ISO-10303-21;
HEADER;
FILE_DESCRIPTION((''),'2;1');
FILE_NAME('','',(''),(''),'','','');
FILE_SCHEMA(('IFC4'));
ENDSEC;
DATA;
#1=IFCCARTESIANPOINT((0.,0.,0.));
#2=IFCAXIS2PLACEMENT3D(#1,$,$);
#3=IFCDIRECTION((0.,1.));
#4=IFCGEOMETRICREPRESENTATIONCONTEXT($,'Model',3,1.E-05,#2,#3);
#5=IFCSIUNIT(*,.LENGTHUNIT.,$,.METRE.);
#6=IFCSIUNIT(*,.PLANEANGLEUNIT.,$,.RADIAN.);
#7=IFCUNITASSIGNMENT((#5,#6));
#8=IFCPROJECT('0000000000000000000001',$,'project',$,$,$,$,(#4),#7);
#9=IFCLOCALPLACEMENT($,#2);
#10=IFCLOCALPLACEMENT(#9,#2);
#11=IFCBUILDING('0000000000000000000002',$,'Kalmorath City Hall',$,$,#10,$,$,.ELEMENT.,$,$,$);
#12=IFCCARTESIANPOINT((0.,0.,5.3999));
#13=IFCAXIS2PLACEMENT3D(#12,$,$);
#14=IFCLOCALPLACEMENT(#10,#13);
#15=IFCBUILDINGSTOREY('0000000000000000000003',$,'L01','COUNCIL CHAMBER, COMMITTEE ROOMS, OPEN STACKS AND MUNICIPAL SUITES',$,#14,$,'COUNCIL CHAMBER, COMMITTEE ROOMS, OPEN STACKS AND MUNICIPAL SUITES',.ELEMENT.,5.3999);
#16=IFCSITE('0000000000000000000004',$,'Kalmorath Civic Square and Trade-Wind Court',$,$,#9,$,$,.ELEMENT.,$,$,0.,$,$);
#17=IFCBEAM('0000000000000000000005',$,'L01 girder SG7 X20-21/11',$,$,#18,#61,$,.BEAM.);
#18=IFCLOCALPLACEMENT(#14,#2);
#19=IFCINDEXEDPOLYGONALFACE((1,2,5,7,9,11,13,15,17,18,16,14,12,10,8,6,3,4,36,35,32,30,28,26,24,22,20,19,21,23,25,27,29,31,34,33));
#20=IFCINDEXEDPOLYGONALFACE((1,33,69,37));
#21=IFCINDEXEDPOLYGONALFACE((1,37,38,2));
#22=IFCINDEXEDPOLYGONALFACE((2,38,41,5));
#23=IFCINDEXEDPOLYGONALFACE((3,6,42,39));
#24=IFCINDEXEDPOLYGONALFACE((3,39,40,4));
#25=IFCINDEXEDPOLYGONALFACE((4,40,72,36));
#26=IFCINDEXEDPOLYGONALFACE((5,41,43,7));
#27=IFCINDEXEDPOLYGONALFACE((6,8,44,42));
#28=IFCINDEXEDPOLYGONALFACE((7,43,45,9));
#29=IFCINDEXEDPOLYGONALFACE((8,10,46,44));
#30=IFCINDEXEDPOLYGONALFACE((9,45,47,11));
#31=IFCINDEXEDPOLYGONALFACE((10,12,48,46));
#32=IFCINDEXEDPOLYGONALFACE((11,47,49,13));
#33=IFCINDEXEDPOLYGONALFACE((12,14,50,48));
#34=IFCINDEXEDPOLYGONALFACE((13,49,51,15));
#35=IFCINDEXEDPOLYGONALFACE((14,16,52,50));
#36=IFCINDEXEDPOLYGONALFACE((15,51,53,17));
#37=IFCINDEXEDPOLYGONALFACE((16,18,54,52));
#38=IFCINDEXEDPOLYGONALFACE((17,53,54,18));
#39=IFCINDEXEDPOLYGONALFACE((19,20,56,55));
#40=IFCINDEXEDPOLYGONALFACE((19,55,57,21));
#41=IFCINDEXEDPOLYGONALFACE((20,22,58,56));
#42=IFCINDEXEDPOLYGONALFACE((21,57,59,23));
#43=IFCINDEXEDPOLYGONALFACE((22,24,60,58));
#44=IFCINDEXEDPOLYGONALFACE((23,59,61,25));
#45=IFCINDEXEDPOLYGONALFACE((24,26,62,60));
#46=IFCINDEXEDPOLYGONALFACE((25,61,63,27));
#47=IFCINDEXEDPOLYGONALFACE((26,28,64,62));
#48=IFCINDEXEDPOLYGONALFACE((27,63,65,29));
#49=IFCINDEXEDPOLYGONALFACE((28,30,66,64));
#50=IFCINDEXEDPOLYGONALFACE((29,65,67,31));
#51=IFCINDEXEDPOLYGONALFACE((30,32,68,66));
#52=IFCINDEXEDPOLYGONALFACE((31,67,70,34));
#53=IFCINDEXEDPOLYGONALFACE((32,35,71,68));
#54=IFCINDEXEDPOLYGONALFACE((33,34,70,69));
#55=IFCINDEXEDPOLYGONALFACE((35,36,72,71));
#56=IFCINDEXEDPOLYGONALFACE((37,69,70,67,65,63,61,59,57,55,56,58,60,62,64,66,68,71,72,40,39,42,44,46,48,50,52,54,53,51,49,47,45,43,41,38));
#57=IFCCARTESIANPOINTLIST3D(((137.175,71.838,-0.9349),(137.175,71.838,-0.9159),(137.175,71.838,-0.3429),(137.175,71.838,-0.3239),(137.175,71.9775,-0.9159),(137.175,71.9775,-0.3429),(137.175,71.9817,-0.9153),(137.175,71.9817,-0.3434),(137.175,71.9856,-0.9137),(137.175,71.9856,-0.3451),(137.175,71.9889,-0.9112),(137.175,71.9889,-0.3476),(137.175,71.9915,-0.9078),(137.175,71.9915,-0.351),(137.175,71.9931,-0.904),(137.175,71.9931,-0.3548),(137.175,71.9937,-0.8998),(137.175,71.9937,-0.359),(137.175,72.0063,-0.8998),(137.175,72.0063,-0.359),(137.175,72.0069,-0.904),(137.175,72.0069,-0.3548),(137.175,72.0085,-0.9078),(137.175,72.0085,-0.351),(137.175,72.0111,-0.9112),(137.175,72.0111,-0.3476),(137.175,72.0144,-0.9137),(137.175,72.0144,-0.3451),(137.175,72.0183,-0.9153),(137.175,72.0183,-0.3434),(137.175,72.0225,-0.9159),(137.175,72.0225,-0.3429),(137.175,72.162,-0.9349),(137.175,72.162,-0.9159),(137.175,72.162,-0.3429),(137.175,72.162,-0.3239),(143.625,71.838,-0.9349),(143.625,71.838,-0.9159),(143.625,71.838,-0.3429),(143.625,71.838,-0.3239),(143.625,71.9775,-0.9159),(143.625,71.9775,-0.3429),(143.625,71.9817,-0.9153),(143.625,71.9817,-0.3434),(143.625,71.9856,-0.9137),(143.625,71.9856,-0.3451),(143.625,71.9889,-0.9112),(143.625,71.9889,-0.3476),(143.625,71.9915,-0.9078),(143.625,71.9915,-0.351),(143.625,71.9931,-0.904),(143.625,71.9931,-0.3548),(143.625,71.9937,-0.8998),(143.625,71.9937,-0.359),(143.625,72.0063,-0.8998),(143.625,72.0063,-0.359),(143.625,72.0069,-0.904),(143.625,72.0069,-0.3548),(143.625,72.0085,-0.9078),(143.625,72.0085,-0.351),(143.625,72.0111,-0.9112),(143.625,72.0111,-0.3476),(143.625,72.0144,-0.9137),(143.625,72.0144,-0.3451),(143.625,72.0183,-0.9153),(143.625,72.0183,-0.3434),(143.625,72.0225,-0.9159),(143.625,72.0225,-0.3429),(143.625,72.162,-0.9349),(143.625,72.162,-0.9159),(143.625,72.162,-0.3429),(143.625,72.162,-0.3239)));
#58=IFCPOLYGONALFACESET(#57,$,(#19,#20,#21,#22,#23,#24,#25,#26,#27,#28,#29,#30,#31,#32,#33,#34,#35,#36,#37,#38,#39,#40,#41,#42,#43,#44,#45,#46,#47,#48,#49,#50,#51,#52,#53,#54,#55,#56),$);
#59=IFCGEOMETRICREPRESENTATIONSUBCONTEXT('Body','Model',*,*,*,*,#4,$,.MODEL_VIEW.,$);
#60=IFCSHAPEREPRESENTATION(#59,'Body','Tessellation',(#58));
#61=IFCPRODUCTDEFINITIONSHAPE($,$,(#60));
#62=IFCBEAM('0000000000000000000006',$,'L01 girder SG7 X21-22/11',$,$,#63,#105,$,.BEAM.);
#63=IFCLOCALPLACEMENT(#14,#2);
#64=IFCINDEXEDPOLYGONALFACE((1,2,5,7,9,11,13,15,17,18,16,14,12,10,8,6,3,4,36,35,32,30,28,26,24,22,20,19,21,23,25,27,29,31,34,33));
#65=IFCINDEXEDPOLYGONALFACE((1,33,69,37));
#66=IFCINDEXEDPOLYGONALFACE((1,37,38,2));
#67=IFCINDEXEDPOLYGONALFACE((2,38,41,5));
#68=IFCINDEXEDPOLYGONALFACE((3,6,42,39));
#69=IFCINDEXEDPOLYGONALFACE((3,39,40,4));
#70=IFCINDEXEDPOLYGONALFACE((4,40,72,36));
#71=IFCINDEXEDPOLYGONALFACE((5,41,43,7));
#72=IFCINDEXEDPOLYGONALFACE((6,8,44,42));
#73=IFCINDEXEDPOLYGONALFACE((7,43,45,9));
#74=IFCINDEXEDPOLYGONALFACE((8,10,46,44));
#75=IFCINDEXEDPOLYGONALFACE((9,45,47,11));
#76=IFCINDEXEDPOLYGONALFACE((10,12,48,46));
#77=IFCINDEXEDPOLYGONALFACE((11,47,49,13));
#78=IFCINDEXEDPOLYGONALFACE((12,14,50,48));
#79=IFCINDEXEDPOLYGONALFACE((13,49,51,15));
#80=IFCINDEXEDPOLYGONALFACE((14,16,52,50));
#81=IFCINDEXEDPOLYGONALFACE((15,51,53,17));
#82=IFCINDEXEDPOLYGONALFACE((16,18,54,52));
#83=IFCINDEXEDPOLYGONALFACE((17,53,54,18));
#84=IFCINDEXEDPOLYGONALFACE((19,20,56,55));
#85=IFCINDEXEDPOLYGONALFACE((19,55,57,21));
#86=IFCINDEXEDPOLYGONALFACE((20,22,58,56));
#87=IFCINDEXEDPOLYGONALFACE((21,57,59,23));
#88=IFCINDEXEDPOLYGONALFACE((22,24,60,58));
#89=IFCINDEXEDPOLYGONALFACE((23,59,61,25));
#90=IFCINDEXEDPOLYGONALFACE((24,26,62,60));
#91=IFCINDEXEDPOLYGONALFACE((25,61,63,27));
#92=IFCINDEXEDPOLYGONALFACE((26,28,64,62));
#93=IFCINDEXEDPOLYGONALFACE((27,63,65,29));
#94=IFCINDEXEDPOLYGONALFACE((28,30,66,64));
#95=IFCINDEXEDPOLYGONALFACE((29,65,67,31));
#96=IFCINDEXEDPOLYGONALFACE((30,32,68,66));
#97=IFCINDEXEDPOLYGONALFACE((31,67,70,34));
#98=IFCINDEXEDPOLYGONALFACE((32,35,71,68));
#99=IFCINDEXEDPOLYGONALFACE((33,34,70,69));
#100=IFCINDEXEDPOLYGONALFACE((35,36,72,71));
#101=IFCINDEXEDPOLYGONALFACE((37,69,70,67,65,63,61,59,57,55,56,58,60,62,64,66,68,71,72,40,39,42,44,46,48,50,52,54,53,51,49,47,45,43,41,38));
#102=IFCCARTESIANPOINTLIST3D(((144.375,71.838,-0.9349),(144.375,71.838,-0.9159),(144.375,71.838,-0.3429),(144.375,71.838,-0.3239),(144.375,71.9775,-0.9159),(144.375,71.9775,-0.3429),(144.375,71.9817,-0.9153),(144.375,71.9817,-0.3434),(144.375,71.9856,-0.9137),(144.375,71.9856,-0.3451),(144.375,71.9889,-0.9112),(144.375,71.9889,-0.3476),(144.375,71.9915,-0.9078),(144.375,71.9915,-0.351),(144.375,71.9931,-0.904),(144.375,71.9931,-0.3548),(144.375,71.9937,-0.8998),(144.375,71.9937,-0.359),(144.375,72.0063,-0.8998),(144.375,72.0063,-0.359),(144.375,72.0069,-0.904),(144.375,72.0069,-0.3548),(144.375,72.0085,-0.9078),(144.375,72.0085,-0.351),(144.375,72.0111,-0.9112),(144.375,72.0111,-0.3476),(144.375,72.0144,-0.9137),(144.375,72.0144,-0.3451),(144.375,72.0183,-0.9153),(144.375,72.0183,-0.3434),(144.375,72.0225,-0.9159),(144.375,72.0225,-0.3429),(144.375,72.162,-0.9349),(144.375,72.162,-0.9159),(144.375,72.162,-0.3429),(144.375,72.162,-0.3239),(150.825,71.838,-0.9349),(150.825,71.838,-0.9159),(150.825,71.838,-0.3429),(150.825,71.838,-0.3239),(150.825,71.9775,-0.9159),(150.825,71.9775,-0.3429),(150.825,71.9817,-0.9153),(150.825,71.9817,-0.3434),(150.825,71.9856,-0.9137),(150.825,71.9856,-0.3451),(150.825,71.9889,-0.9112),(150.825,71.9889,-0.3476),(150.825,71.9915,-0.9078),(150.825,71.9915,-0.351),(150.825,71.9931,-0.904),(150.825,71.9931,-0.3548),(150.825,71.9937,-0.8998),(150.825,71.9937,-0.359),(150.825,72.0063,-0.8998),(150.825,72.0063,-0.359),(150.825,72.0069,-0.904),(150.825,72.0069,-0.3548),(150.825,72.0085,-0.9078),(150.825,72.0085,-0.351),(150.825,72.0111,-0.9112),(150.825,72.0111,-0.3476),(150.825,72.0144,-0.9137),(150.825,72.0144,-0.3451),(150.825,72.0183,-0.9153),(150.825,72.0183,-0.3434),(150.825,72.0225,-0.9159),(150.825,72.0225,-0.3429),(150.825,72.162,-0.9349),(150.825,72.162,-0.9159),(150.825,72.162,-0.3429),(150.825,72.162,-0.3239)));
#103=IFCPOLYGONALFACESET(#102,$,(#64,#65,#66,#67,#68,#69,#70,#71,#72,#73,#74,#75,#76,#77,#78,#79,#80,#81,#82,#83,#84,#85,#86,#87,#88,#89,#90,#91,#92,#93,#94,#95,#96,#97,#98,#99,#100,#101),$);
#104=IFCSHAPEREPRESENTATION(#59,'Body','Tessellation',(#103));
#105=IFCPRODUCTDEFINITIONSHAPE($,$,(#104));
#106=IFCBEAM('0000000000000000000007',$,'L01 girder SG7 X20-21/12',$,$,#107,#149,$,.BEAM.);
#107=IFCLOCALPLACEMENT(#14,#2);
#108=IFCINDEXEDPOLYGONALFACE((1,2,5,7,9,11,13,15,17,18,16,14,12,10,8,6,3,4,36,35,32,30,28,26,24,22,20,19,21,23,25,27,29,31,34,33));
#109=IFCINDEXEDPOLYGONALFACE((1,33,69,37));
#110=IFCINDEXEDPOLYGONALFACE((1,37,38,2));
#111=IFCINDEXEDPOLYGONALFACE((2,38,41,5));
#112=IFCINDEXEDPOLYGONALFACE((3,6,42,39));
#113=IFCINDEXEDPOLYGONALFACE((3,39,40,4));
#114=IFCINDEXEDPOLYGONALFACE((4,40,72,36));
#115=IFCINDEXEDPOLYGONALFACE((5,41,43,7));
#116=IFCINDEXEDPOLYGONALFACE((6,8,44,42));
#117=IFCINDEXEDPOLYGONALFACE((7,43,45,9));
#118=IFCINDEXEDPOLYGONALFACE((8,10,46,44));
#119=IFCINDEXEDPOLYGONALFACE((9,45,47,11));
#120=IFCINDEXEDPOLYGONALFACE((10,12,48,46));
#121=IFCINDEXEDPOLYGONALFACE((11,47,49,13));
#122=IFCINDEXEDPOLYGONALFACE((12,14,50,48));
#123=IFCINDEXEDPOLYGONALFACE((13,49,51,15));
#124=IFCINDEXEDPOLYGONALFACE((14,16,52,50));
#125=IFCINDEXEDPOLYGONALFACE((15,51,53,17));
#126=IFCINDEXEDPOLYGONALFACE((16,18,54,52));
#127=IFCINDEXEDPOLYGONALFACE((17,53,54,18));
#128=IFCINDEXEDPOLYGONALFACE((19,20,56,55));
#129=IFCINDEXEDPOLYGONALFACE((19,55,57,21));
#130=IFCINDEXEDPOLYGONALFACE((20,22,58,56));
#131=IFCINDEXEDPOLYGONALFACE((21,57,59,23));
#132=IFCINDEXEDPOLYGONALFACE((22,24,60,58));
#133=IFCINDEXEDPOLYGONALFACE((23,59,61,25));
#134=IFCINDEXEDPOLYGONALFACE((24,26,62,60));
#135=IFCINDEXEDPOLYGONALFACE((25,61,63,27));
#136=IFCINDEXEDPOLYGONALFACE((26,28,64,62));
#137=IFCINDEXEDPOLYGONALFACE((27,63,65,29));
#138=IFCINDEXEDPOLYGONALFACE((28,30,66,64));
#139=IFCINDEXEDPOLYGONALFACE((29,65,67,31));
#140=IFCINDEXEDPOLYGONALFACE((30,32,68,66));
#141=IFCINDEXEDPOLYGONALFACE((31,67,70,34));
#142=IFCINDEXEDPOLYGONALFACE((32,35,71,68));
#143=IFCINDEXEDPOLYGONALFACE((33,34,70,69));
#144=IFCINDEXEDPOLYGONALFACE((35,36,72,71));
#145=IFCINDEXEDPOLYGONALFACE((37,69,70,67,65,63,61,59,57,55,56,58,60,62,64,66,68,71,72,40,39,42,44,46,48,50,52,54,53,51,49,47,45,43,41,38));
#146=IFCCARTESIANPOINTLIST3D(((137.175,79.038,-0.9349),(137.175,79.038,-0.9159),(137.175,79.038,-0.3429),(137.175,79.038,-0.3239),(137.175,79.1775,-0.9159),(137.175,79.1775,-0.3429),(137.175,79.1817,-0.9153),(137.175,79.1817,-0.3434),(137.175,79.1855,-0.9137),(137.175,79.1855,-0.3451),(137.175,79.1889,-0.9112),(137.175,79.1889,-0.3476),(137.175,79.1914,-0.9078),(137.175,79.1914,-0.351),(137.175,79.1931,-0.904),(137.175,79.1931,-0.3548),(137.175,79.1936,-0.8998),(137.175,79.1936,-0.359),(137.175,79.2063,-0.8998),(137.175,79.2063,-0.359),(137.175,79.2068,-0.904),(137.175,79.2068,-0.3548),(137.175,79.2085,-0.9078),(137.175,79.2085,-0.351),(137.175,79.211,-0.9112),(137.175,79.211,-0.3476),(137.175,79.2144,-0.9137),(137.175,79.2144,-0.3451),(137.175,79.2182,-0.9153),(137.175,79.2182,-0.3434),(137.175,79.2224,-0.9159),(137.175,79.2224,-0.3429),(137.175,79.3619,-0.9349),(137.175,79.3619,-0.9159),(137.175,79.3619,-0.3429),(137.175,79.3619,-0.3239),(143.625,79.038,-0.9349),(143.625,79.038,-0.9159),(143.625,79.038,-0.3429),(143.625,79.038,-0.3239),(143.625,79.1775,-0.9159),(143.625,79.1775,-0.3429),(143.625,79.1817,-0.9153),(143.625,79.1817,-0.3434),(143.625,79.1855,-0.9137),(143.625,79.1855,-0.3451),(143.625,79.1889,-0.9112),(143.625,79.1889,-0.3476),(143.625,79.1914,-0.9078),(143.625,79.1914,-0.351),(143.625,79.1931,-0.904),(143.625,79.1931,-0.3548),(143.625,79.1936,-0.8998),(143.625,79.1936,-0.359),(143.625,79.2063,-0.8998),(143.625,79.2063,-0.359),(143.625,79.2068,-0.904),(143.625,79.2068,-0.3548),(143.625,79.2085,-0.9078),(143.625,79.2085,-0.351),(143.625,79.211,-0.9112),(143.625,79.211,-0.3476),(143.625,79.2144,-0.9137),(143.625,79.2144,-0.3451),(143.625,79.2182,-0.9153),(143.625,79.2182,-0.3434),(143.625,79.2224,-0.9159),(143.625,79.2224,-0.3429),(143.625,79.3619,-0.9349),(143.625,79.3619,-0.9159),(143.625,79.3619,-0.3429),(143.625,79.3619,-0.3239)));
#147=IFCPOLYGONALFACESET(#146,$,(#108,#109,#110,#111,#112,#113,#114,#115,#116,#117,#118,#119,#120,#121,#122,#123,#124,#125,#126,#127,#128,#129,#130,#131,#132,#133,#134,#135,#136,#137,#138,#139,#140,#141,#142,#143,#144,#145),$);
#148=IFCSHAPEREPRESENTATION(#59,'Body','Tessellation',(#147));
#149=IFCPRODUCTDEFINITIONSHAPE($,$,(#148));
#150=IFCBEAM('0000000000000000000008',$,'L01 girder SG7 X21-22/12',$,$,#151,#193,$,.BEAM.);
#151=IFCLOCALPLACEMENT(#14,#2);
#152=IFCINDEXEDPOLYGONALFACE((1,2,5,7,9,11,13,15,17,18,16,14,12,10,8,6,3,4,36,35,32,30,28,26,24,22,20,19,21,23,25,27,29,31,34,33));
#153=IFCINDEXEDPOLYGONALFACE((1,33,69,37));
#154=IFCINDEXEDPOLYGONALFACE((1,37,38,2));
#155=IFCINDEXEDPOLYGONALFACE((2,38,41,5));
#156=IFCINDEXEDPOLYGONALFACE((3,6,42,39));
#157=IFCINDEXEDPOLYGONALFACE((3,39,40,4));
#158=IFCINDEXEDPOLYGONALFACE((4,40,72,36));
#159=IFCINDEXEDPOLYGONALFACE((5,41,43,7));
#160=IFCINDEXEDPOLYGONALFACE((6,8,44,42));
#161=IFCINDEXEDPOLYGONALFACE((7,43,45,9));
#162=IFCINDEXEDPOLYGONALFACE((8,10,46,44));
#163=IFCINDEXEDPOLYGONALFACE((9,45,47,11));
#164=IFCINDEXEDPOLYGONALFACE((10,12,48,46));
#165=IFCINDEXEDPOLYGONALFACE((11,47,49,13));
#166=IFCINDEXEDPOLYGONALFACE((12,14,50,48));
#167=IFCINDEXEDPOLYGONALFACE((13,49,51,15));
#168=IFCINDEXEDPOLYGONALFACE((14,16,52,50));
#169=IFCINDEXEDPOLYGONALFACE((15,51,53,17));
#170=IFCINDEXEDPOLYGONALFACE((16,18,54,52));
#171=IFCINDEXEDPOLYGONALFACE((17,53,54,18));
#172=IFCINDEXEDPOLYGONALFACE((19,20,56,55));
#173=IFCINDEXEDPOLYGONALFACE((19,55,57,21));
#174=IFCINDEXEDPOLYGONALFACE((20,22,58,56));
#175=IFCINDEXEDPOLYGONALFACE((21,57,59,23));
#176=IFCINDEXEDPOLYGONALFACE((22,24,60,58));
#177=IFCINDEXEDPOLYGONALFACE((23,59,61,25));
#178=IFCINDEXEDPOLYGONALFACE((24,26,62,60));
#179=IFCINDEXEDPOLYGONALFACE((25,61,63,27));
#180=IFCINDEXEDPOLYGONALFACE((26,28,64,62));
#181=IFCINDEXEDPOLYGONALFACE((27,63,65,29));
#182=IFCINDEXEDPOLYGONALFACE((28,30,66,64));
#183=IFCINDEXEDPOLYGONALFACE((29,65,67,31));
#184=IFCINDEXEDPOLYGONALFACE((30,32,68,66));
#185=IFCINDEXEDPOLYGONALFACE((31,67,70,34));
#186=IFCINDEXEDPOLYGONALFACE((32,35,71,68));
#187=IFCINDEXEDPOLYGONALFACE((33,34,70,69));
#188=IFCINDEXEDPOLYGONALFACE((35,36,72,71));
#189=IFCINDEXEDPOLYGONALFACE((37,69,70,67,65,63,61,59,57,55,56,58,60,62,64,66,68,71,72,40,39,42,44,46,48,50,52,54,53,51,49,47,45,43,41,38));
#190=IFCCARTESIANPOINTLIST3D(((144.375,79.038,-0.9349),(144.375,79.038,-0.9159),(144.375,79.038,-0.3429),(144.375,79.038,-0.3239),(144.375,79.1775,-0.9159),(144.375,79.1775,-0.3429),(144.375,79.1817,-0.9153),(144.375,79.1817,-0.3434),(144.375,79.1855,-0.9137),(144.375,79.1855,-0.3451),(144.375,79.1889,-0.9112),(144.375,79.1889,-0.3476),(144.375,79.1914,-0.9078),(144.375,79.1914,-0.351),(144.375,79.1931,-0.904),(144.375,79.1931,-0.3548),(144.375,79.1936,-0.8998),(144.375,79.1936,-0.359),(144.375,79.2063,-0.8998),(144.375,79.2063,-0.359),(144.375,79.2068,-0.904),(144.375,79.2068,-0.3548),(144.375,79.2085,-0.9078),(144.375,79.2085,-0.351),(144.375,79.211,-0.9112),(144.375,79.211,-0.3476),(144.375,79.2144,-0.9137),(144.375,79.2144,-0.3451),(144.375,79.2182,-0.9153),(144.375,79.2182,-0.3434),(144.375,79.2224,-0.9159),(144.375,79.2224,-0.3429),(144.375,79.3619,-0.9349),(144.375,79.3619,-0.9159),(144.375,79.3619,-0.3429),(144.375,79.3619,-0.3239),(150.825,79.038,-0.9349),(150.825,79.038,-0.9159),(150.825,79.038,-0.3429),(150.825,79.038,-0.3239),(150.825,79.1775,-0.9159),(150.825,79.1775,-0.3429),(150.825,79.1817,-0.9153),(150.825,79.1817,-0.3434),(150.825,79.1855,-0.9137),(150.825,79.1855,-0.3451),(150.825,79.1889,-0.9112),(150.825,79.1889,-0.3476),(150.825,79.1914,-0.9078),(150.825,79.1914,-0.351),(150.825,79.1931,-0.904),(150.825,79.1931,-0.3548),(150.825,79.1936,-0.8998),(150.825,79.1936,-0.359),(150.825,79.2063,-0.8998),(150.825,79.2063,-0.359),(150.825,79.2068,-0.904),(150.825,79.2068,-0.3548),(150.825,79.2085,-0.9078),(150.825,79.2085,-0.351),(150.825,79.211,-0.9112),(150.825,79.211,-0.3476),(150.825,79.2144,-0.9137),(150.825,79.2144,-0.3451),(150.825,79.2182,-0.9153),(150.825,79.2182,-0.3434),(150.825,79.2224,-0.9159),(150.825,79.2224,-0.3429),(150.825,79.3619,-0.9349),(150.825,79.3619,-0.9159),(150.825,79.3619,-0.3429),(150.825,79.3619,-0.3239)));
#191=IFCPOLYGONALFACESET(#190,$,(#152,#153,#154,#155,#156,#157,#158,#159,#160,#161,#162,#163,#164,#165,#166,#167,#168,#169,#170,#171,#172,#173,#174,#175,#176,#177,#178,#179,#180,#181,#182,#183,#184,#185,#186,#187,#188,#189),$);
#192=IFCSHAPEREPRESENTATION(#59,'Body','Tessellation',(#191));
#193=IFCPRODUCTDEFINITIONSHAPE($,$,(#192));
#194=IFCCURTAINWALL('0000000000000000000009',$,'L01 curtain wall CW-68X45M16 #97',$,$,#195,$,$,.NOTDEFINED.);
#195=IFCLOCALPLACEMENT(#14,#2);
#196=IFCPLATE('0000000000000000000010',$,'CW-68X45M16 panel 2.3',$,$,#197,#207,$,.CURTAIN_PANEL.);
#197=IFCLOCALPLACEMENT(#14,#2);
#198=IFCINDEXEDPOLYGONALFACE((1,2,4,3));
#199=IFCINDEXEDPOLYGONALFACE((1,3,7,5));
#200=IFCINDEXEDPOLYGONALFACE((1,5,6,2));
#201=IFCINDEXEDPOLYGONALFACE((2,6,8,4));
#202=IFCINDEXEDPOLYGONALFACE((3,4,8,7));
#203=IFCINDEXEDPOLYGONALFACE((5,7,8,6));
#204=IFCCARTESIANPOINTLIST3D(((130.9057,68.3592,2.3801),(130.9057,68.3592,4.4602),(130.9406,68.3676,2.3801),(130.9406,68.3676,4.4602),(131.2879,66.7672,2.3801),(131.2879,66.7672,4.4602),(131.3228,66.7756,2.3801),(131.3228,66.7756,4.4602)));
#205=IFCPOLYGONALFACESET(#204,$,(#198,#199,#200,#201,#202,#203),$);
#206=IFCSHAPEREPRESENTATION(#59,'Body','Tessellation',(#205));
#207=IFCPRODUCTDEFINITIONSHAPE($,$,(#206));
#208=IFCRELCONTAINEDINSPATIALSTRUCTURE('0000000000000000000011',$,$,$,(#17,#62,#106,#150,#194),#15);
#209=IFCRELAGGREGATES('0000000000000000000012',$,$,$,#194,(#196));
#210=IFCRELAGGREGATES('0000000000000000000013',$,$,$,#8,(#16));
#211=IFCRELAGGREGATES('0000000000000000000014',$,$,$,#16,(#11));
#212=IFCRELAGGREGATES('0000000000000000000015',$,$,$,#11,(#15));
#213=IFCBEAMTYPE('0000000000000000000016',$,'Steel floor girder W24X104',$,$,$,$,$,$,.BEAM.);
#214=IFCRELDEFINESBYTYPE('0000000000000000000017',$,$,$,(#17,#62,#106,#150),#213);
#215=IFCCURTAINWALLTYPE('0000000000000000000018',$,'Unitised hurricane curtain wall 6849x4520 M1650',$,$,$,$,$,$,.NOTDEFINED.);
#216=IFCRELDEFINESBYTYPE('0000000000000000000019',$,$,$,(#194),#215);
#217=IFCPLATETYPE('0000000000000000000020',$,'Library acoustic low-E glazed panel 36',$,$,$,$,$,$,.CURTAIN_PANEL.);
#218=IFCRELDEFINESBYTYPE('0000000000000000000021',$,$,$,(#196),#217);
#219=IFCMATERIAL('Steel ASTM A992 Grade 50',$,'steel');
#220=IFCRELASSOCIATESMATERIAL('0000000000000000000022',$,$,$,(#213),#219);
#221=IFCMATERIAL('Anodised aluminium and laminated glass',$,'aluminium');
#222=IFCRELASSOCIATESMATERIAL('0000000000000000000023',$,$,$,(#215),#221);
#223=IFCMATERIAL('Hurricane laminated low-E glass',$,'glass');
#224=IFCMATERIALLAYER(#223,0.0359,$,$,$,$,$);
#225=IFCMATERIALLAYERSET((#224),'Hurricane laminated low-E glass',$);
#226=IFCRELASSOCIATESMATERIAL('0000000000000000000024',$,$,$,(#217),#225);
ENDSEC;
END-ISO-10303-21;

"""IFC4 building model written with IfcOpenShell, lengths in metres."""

from ifc_helpers import new_model, si_unit, direction, frame, origin, origin_2d, place, context, subcontext, project, spatial, rectangle, i_section, extrude, material, layer, layer_set, material_profile, profile_set, type_object, element, aggregate, save


model = new_model("IFC4")

# Units and contexts
model_context = context("Model", 3, precision=1e-05, world=origin(), true_north=direction((0.0, 1.0)))
body_context = subcontext(model_context, "Body", "Model", "MODEL_VIEW")
ifc_project = project(units=[si_unit("LENGTHUNIT", "METRE"), si_unit("PLANEANGLEUNIT", "RADIAN")], contexts=[model_context])

# Site, building, storey
site_placement = place(None, origin())
site = spatial("IfcSite", under=ifc_project, at=site_placement, Name="Kalmorath Civic Square and Trade-Wind Court", CompositionType="ELEMENT", RefElevation=0.0)
building_placement = place(site_placement, origin())
building = spatial("IfcBuilding", under=site, at=building_placement, Name="Kalmorath City Hall", CompositionType="ELEMENT")
storey_placement = place(building_placement, frame((0.0, 0.0, 5.3999)))
storey = spatial("IfcBuildingStorey", under=building, at=storey_placement, Name="L01", Description="COUNCIL CHAMBER, COMMITTEE ROOMS, OPEN STACKS AND MUNICIPAL SUITES", LongName="COUNCIL CHAMBER, COMMITTEE ROOMS, OPEN STACKS AND MUNICIPAL SUITES", CompositionType="ELEMENT", Elevation=5.3999)

# Beams
ifc_material_1 = material(Name="Steel ASTM A992 Grade 50", Category="steel")
ifc_material_profile_1 = material_profile(ifc_material_1, i_section(OverallWidth=0.324, OverallDepth=0.6111, WebThickness=0.0127, FlangeThickness=0.019, FilletRadius=0.0161, at=origin_2d()), Name="W24X104")
ifc_profile_set_1 = profile_set([ifc_material_profile_1], Name="Steel ASTM A992 Grade 50")
beam_type_1 = type_object("IfcBeamType", Name="Steel floor girder W24X104", PredefinedType="BEAM", material=ifc_profile_set_1)
for number, where, z_axis, x_axis, name in (
    (1, (137.175, 72.0, -0.6294), (1.0, 0.0, 0.0), (0.0, 1.0, 0.0), "L01 girder SG7 X20-21/11"),
    (2, (144.375, 72.0, -0.6294), (1.0, 0.0, 0.0), (0.0, 1.0, 0.0), "L01 girder SG7 X21-22/11"),
    (3, (137.175, 79.2, -0.6294), (1.0, 0.0, 0.0), (0.0, 1.0, 0.0), "L01 girder SG7 X20-21/12"),
    (4, (144.375, 79.2, -0.6294), (1.0, 0.0, 0.0), (0.0, 1.0, 0.0), "L01 girder SG7 X21-22/12"),
):
    element("IfcBeam", number, at=place(storey_placement, frame(where, z_axis=z_axis, x_axis=x_axis)), inside=storey, type_object=beam_type_1, Name=name, PredefinedType="BEAM", context=body_context, shape_type="SweptSolid", body=[
        extrude(i_section(OverallWidth=0.324, OverallDepth=0.6111, WebThickness=0.0127, FlangeThickness=0.019, FilletRadius=0.0161, at=origin_2d()), origin(), (0.0, 0.0, 1.0), 6.45),
    ])

# Curtain wall, plate
ifc_material_2 = material(Name="Anodised aluminium and laminated glass", Category="aluminium")
curtain_wall_type = type_object("IfcCurtainWallType", Name="Unitised hurricane curtain wall 6849x4520 M1650", PredefinedType="NOTDEFINED", material=ifc_material_2)
curtain_wall_placement = place(storey_placement, origin())
curtain_wall = element("IfcCurtainWall", 5, at=curtain_wall_placement, inside=storey, type_object=curtain_wall_type, Name="L01 curtain wall CW-68X45M16 #97", PredefinedType="NOTDEFINED")
ifc_material_3 = material(Name="Hurricane laminated low-E glass", Category="glass")
ifc_layer_1 = layer(ifc_material_3, 0.0359)
ifc_layer_set_1 = layer_set([ifc_layer_1], Name="Hurricane laminated low-E glass")
plate_type = type_object("IfcPlateType", Name="Library acoustic low-E glazed panel 36", PredefinedType="CURTAIN_PANEL", material=ifc_layer_set_1)
plate_placement = place(storey_placement, frame((131.1143, 67.5674, 2.3801), z_axis=(0.0, 0.0, 1.0), x_axis=(-0.233442, 0.972371, 0.0)))
plate = element("IfcPlate", 6, at=plate_placement, type_object=plate_type, Name="CW-68X45M16 panel 2.3", PredefinedType="CURTAIN_PANEL", context=body_context, shape_type="SweptSolid", body=[
    extrude(rectangle(XDim=1.6372, YDim=0.0359, at=origin_2d()), origin(), (0.0, 0.0, 1.0), 2.0801),
])
aggregate(curtain_wall, [plate])

save(model, "model.ifc")
